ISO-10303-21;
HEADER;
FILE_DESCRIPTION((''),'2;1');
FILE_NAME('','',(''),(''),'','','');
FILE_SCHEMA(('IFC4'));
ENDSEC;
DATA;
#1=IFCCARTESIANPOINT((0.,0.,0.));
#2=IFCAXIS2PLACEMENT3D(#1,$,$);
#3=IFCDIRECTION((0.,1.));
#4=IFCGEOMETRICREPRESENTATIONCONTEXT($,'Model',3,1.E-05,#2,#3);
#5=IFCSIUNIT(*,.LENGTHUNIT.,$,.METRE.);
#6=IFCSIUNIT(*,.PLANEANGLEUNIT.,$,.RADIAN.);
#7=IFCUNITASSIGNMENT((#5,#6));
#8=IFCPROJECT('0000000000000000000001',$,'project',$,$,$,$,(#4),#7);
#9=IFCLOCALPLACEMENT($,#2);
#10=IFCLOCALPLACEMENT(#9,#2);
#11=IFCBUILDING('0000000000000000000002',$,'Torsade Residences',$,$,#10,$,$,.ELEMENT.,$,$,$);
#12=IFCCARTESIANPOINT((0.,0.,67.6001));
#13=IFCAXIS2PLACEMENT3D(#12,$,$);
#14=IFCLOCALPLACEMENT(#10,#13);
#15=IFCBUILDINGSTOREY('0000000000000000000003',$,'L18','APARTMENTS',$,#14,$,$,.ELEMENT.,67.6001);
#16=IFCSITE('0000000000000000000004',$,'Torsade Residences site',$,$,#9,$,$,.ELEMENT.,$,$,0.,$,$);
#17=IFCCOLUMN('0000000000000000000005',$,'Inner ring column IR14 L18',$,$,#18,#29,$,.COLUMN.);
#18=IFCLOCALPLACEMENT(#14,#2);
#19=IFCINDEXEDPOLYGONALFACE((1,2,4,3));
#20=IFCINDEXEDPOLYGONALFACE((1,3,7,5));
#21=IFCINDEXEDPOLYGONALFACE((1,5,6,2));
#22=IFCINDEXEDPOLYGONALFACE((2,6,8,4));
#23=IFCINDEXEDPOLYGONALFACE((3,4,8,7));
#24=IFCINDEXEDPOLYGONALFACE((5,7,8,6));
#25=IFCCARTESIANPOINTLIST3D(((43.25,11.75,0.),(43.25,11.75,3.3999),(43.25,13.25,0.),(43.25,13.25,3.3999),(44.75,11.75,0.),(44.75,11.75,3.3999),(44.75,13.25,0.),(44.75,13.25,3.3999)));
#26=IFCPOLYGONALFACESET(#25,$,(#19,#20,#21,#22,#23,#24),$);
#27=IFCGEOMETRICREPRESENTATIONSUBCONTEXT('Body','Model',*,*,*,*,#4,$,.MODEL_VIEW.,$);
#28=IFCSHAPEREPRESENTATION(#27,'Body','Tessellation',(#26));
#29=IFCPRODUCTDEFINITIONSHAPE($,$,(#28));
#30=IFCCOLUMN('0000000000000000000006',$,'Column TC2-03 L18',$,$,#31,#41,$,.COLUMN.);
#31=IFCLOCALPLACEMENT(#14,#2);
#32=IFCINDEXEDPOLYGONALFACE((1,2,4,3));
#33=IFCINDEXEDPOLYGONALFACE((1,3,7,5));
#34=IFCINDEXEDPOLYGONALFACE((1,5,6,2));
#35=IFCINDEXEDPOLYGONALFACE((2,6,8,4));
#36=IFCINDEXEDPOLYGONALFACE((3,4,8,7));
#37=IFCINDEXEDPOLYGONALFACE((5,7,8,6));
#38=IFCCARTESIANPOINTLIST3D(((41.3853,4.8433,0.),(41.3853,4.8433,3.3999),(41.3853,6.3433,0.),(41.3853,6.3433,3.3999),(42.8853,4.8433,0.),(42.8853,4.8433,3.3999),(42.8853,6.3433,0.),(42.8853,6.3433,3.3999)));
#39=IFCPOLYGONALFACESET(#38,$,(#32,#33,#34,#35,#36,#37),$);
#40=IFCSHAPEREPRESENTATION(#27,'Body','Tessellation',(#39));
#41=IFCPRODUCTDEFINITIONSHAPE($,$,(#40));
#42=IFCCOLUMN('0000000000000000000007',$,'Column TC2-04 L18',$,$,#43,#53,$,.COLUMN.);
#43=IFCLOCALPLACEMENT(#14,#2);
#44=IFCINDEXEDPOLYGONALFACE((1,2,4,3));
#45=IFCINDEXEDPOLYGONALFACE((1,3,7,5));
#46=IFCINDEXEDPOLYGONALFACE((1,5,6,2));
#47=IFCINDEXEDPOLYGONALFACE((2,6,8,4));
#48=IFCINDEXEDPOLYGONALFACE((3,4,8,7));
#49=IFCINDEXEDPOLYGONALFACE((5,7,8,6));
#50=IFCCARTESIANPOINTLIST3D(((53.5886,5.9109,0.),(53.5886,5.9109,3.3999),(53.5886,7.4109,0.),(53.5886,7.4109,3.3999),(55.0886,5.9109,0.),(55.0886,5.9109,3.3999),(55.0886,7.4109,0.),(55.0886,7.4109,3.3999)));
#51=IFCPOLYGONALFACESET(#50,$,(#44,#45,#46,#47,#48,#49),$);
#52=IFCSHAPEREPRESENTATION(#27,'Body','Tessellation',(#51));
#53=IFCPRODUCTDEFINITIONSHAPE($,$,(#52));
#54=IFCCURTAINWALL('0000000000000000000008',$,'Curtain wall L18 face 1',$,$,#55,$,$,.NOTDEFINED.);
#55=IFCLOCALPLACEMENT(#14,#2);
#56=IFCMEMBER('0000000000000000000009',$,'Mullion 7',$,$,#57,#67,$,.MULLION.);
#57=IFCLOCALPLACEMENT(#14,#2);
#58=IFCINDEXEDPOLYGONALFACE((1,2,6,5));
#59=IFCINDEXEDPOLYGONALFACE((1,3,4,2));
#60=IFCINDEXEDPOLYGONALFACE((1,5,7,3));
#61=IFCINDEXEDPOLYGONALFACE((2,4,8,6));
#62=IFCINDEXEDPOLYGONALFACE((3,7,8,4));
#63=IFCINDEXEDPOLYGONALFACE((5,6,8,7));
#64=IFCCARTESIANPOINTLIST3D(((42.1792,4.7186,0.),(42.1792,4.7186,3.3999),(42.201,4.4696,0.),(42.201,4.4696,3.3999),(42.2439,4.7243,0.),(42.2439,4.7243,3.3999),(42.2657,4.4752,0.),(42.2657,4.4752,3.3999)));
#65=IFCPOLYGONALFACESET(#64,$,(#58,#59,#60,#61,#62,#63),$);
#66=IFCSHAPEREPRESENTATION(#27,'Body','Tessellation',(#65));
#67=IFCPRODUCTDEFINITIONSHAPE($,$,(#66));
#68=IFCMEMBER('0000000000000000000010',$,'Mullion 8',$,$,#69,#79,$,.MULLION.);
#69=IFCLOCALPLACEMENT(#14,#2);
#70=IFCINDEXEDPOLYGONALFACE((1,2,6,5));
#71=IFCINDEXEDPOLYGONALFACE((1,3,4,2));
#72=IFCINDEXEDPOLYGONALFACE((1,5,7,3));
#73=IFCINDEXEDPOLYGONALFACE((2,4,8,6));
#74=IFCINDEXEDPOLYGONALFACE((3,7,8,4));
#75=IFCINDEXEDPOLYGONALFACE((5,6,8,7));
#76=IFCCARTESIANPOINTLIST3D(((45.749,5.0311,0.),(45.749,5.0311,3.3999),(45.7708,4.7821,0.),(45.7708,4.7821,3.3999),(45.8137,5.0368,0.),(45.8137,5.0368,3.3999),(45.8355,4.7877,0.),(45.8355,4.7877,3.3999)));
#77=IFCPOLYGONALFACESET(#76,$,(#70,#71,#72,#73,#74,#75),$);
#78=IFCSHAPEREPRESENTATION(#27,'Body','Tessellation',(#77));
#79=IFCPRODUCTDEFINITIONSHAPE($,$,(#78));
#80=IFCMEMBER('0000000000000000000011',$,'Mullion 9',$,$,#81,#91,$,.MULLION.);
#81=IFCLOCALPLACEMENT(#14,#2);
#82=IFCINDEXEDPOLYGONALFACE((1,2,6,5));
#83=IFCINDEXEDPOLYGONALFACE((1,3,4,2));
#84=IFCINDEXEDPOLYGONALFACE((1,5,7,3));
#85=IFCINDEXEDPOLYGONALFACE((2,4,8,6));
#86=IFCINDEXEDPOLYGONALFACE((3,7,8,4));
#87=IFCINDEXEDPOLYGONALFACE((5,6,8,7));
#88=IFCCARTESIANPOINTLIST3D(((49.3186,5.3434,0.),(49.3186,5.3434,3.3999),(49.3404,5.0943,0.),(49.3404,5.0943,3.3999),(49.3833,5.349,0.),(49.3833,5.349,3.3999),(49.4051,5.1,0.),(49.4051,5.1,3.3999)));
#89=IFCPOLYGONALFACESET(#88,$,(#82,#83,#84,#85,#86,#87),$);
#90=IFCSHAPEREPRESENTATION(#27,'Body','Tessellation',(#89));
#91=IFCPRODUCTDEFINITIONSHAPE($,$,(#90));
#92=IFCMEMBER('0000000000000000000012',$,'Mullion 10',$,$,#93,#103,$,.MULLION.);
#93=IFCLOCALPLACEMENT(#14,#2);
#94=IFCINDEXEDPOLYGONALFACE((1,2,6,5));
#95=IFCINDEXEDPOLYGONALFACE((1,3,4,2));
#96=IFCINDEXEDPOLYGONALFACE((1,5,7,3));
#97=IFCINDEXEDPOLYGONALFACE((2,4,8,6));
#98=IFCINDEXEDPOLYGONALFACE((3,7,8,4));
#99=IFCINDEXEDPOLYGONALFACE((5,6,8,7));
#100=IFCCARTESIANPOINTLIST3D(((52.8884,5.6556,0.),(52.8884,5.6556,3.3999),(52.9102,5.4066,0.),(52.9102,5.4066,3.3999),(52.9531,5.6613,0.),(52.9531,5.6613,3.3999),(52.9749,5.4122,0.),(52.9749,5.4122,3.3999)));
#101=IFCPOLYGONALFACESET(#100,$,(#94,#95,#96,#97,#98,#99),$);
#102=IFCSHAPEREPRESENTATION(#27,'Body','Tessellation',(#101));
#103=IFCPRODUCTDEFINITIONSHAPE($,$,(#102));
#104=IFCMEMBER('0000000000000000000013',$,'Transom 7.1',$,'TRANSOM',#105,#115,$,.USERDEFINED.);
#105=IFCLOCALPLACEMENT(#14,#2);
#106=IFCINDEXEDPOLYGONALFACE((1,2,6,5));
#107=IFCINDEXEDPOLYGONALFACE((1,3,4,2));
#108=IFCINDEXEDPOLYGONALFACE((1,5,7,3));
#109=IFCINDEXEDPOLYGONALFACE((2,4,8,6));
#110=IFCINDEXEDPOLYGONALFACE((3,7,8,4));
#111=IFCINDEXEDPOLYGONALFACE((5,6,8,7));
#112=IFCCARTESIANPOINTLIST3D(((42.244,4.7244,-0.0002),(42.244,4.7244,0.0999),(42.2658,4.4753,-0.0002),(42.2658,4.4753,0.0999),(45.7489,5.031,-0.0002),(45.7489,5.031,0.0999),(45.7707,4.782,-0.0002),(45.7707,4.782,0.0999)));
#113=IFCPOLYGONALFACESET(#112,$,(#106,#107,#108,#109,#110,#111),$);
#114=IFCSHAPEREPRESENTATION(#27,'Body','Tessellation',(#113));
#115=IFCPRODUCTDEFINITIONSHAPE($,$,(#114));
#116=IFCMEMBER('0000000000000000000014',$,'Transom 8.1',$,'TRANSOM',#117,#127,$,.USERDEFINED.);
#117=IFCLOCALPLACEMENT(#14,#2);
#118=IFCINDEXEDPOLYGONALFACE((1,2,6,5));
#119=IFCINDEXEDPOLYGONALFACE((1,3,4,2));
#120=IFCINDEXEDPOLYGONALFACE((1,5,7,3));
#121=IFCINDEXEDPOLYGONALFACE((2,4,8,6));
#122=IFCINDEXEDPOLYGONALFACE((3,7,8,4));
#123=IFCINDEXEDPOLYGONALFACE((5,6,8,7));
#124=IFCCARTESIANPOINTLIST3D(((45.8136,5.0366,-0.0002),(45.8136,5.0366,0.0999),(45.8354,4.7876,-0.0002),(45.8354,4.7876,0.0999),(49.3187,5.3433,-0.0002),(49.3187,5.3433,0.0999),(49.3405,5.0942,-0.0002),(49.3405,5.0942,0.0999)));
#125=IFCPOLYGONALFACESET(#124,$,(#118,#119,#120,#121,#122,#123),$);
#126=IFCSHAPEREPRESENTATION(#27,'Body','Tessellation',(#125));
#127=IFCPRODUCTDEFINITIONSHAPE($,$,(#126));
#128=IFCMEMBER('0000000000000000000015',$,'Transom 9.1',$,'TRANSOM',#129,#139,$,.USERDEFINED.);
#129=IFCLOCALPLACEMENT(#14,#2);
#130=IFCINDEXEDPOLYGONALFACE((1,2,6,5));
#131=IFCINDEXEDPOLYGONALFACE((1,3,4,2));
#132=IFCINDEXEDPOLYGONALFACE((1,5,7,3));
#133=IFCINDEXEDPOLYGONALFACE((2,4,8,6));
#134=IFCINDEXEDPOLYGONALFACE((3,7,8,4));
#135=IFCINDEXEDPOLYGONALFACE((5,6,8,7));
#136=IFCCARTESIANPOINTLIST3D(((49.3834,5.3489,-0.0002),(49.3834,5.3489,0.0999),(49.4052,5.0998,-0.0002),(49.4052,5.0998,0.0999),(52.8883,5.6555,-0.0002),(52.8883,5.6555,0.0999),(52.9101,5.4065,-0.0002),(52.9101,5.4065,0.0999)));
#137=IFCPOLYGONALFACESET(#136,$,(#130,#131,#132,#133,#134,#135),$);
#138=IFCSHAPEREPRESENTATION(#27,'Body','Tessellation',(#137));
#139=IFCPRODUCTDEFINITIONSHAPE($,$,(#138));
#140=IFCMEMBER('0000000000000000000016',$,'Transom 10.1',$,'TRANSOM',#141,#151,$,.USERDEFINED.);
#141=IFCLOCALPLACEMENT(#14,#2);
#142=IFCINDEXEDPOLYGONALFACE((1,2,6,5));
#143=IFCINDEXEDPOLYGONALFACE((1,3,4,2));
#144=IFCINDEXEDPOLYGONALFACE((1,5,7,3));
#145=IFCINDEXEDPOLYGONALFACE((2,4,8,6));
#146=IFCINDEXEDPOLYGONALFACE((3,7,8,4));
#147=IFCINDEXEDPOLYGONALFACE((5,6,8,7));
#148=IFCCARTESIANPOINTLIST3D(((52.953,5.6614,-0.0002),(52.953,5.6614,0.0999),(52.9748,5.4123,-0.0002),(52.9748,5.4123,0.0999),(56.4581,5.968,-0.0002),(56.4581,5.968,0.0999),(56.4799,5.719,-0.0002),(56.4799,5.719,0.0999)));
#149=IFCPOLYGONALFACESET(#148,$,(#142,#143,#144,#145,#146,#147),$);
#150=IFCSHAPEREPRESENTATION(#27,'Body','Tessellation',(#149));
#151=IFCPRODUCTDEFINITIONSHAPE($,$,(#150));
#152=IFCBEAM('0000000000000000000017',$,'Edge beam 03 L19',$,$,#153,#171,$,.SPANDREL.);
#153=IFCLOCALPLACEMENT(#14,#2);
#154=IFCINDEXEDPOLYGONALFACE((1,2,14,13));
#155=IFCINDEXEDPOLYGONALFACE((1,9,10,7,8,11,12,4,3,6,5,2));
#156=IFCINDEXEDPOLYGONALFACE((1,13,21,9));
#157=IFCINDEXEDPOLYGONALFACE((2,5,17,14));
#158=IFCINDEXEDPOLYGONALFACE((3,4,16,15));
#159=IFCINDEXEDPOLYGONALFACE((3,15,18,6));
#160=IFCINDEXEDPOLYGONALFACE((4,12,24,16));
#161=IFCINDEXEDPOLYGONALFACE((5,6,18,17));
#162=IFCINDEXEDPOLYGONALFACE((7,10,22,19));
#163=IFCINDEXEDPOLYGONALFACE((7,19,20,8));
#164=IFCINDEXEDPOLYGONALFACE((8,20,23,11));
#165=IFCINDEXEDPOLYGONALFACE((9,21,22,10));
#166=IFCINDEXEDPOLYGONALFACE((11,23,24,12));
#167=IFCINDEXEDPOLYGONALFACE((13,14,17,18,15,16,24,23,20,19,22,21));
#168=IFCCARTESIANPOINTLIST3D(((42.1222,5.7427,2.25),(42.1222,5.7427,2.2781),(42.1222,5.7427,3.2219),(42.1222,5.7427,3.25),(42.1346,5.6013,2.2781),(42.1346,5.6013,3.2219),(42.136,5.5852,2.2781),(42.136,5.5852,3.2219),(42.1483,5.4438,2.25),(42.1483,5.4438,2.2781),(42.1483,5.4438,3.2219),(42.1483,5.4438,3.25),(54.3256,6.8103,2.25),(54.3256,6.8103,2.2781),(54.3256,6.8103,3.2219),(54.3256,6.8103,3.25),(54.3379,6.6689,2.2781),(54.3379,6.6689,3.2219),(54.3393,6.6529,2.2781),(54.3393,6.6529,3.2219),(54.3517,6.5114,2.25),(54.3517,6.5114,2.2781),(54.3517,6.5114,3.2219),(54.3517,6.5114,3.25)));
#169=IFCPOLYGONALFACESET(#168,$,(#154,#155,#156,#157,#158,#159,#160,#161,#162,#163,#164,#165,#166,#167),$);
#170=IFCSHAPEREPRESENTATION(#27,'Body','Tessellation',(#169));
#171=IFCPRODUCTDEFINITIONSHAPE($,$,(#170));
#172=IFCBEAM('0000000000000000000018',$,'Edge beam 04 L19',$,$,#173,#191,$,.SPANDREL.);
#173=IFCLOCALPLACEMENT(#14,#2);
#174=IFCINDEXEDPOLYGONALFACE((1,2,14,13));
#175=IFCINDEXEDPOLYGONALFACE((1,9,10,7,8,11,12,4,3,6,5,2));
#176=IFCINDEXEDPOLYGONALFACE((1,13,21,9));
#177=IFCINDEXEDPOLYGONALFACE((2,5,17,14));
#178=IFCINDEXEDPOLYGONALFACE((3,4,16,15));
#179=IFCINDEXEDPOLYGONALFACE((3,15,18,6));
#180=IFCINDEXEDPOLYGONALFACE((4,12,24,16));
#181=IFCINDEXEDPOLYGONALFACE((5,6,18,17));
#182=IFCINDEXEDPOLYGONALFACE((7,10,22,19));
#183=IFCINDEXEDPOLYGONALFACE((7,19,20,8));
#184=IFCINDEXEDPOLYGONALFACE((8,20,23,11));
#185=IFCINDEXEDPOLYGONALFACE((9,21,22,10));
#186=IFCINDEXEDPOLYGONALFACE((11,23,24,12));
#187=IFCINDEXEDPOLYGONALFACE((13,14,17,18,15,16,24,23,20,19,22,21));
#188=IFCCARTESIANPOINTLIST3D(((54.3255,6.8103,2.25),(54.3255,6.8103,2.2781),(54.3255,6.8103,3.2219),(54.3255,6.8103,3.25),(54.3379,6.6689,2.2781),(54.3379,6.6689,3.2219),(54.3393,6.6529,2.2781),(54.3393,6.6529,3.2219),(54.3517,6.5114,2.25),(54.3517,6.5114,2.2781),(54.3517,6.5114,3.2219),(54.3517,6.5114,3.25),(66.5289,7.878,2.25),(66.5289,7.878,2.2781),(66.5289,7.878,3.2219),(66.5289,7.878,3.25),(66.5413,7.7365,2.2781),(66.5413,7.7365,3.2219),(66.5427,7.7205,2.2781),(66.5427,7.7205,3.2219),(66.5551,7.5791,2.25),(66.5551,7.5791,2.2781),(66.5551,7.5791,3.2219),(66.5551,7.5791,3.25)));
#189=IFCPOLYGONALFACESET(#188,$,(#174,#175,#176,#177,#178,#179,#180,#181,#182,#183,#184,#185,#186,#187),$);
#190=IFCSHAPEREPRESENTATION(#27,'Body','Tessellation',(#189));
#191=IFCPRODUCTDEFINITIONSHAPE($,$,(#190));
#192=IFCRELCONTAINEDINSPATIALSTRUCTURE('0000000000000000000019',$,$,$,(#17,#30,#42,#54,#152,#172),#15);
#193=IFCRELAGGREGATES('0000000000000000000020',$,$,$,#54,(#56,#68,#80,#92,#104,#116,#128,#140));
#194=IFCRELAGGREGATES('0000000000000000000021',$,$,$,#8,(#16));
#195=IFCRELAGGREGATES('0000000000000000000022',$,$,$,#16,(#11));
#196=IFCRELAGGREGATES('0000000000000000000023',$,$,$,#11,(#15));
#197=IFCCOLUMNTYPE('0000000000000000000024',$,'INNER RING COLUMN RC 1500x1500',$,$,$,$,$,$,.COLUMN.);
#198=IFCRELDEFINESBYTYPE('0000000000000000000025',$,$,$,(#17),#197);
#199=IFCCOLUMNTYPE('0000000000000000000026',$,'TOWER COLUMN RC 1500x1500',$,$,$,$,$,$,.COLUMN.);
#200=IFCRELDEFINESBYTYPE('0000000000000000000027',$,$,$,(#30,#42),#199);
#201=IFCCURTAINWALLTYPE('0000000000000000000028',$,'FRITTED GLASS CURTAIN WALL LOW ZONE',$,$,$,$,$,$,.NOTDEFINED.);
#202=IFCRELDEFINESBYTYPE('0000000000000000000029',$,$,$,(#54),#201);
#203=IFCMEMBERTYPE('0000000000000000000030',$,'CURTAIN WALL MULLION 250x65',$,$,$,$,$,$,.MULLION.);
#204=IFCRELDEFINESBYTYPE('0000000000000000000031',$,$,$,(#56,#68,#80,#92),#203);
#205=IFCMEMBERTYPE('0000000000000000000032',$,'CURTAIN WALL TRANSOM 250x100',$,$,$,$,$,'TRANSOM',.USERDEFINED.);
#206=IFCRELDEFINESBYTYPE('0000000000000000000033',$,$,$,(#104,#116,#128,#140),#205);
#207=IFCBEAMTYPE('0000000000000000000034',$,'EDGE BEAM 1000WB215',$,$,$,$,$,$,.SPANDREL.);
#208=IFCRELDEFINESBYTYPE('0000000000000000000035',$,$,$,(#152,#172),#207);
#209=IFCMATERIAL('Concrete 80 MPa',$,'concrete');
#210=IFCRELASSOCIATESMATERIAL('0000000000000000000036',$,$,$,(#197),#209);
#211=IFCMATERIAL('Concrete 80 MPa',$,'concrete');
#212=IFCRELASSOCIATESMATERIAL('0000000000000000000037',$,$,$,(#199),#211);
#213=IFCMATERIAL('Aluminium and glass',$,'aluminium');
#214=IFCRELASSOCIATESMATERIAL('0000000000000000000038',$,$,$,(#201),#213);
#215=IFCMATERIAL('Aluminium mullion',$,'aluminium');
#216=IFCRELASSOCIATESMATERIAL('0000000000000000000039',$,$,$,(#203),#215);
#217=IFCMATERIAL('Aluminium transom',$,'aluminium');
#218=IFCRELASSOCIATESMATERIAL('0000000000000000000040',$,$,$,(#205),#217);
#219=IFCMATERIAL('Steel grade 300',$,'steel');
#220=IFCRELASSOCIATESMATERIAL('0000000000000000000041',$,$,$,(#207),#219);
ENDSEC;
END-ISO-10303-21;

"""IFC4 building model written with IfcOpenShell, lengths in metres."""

from ifc_helpers import new_model, si_unit, direction, frame, origin, origin_2d, place, context, subcontext, project, spatial, rectangle, i_section, extrude, material, material_profile, profile_set, type_object, element, aggregate, save


model = new_model("IFC4")

# Units and contexts
model_context = context("Model", 3, precision=1e-05, world=origin(), true_north=direction((0.0, 1.0)))
body_context = subcontext(model_context, "Body", "Model", "MODEL_VIEW")
ifc_project = project(units=[si_unit("LENGTHUNIT", "METRE"), si_unit("PLANEANGLEUNIT", "RADIAN")], contexts=[model_context])

# Site, building, storey
site_placement = place(None, origin())
site = spatial("IfcSite", under=ifc_project, at=site_placement, Name="Torsade Residences site", CompositionType="ELEMENT", RefElevation=0.0)
building_placement = place(site_placement, origin())
building = spatial("IfcBuilding", under=site, at=building_placement, Name="Torsade Residences", CompositionType="ELEMENT")
storey_placement = place(building_placement, frame((0.0, 0.0, 67.6001)))
storey = spatial("IfcBuildingStorey", under=building, at=storey_placement, Name="L18", Description="APARTMENTS", CompositionType="ELEMENT", Elevation=67.6001)

# Columns
ifc_material_1 = material(Name="Concrete 80 MPa", Category="concrete")
ifc_material_profile_1 = material_profile(ifc_material_1, rectangle(XDim=1.5, YDim=1.5, at=origin_2d()), Name="RC 1500x1500")
ifc_profile_set_1 = profile_set([ifc_material_profile_1], Name="Concrete 80 MPa")
column_type_1 = type_object("IfcColumnType", Name="INNER RING COLUMN RC 1500x1500", PredefinedType="COLUMN", material=ifc_profile_set_1)
column_placement = place(storey_placement, frame((44.0, 12.5, 0.0), z_axis=(0.0, 0.0, 1.0), x_axis=(1.0, 0.0, 0.0)))
element("IfcColumn", 1, at=column_placement, inside=storey, type_object=column_type_1, Name="Inner ring column IR14 L18", PredefinedType="COLUMN", context=body_context, shape_type="SweptSolid", body=[
    extrude(rectangle(XDim=1.5, YDim=1.5, at=origin_2d()), origin(), (0.0, 0.0, 1.0), 3.3999),
])
ifc_material_2 = material(Name="Concrete 80 MPa", Category="concrete")
ifc_material_profile_2 = material_profile(ifc_material_2, rectangle(XDim=1.5, YDim=1.5, at=origin_2d()), Name="RC 1500x1500")
ifc_profile_set_2 = profile_set([ifc_material_profile_2], Name="Concrete 80 MPa")
column_type_2 = type_object("IfcColumnType", Name="TOWER COLUMN RC 1500x1500", PredefinedType="COLUMN", material=ifc_profile_set_2)
for number, where, z_axis, x_axis, name in (
    (2, (42.1353, 5.5933, 0.0), (0.0, 0.0, 1.0), (1.0, 0.0, 0.0), "Column TC2-03 L18"),
    (3, (54.3386, 6.6609, 0.0), (0.0, 0.0, 1.0), (1.0, 0.0, 0.0), "Column TC2-04 L18"),
):
    element("IfcColumn", number, at=place(storey_placement, frame(where, z_axis=z_axis, x_axis=x_axis)), inside=storey, type_object=column_type_2, Name=name, PredefinedType="COLUMN", context=body_context, shape_type="SweptSolid", body=[
        extrude(rectangle(XDim=1.5, YDim=1.5, at=origin_2d()), origin(), (0.0, 0.0, 1.0), 3.3999),
    ])

# Curtain wall, members
ifc_material_3 = material(Name="Aluminium and glass", Category="aluminium")
curtain_wall_type = type_object("IfcCurtainWallType", Name="FRITTED GLASS CURTAIN WALL LOW ZONE", PredefinedType="NOTDEFINED", material=ifc_material_3)
curtain_wall_placement = place(storey_placement, origin())
curtain_wall = element("IfcCurtainWall", 4, at=curtain_wall_placement, inside=storey, type_object=curtain_wall_type, Name="Curtain wall L18 face 1", PredefinedType="NOTDEFINED")
ifc_material_4 = material(Name="Aluminium mullion", Category="aluminium")
ifc_material_profile_3 = material_profile(ifc_material_4, rectangle(XDim=0.25, YDim=0.0649, at=origin_2d()), Name="CURTAIN WALL MULLION 250x65")
ifc_profile_set_3 = profile_set([ifc_material_profile_3], Name="Aluminium mullion")
member_type_1 = type_object("IfcMemberType", Name="CURTAIN WALL MULLION 250x65", PredefinedType="MULLION", material=ifc_profile_set_3)
member_1_placement = place(storey_placement, frame((42.2224, 4.5969, 0.0), z_axis=(0.0, 0.0, 1.0), x_axis=(-0.087156, 0.996195, 0.0)))
member_1 = element("IfcMember", 5, at=member_1_placement, type_object=member_type_1, Name="Mullion 7", PredefinedType="MULLION", context=body_context, shape_type="SweptSolid", body=[
    extrude(rectangle(XDim=0.25, YDim=0.0649, at=origin_2d()), origin(), (0.0, 0.0, 1.0), 3.3999),
])
member_2_placement = place(storey_placement, frame((45.7922, 4.9094, 0.0), z_axis=(0.0, 0.0, 1.0), x_axis=(-0.087156, 0.996195, 0.0)))
member_2 = element("IfcMember", 6, at=member_2_placement, type_object=member_type_1, Name="Mullion 8", PredefinedType="MULLION", context=body_context, shape_type="SweptSolid", body=[
    extrude(rectangle(XDim=0.25, YDim=0.0649, at=origin_2d()), origin(), (0.0, 0.0, 1.0), 3.3999),
])
member_3_placement = place(storey_placement, frame((49.3618, 5.2217, 0.0), z_axis=(0.0, 0.0, 1.0), x_axis=(-0.087156, 0.996195, 0.0)))
member_3 = element("IfcMember", 7, at=member_3_placement, type_object=member_type_1, Name="Mullion 9", PredefinedType="MULLION", context=body_context, shape_type="SweptSolid", body=[
    extrude(rectangle(XDim=0.25, YDim=0.0649, at=origin_2d()), origin(), (0.0, 0.0, 1.0), 3.3999),
])
member_4_placement = place(storey_placement, frame((52.9316, 5.5339, 0.0), z_axis=(0.0, 0.0, 1.0), x_axis=(-0.087156, 0.996195, 0.0)))
member_4 = element("IfcMember", 8, at=member_4_placement, type_object=member_type_1, Name="Mullion 10", PredefinedType="MULLION", context=body_context, shape_type="SweptSolid", body=[
    extrude(rectangle(XDim=0.25, YDim=0.0649, at=origin_2d()), origin(), (0.0, 0.0, 1.0), 3.3999),
])
ifc_material_5 = material(Name="Aluminium transom", Category="aluminium")
ifc_material_profile_4 = material_profile(ifc_material_5, rectangle(XDim=0.25, YDim=0.1001, at=origin_2d()), Name="CURTAIN WALL TRANSOM 250x100")
ifc_profile_set_4 = profile_set([ifc_material_profile_4], Name="Aluminium transom")
member_type_2 = type_object("IfcMemberType", Name="CURTAIN WALL TRANSOM 250x100", ElementType="TRANSOM", PredefinedType="USERDEFINED", material=ifc_profile_set_4)
member_5_placement = place(storey_placement, frame((42.2549, 4.5999, 0.0498), z_axis=(0.996195, 0.087157, 0.0), x_axis=(-0.087157, 0.996195, 0.0)))
member_5 = element("IfcMember", 9, at=member_5_placement, type_object=member_type_2, Name="Transom 7.1", ObjectType="TRANSOM", PredefinedType="USERDEFINED", context=body_context, shape_type="SweptSolid", body=[
    extrude(rectangle(XDim=0.25, YDim=0.1001, at=origin_2d()), origin(), (0.0, 0.0, 1.0), 3.5183),
])
member_6_placement = place(storey_placement, frame((45.8245, 4.9121, 0.0498), z_axis=(0.996195, 0.087151, 0.0), x_axis=(-0.087151, 0.996195, 0.0)))
member_6 = element("IfcMember", 10, at=member_6_placement, type_object=member_type_2, Name="Transom 8.1", ObjectType="TRANSOM", PredefinedType="USERDEFINED", context=body_context, shape_type="SweptSolid", body=[
    extrude(rectangle(XDim=0.25, YDim=0.1001, at=origin_2d()), origin(), (0.0, 0.0, 1.0), 3.5186),
])
member_7_placement = place(storey_placement, frame((49.3943, 5.2244, 0.0498), z_axis=(0.996195, 0.087157, 0.0), x_axis=(-0.087157, 0.996195, 0.0)))
member_7 = element("IfcMember", 11, at=member_7_placement, type_object=member_type_2, Name="Transom 9.1", ObjectType="TRANSOM", PredefinedType="USERDEFINED", context=body_context, shape_type="SweptSolid", body=[
    extrude(rectangle(XDim=0.25, YDim=0.1001, at=origin_2d()), origin(), (0.0, 0.0, 1.0), 3.5183),
])
member_8_placement = place(storey_placement, frame((52.9639, 5.5369, 0.0498), z_axis=(0.996195, 0.087151, 0.0), x_axis=(-0.087151, 0.996195, 0.0)))
member_8 = element("IfcMember", 12, at=member_8_placement, type_object=member_type_2, Name="Transom 10.1", ObjectType="TRANSOM", PredefinedType="USERDEFINED", context=body_context, shape_type="SweptSolid", body=[
    extrude(rectangle(XDim=0.25, YDim=0.1001, at=origin_2d()), origin(), (0.0, 0.0, 1.0), 3.5186),
])

# Beams
ifc_material_6 = material(Name="Steel grade 300", Category="steel")
ifc_material_profile_5 = material_profile(ifc_material_6, i_section(OverallWidth=0.3, OverallDepth=1.0, WebThickness=0.0161, FlangeThickness=0.0281, at=origin_2d()), Name="1000WB215")
ifc_profile_set_5 = profile_set([ifc_material_profile_5], Name="Steel grade 300")
beam_type_1 = type_object("IfcBeamType", Name="EDGE BEAM 1000WB215", PredefinedType="SPANDREL", material=ifc_profile_set_5)
for number, where, z_axis, x_axis, name in (
    (13, (42.1353, 5.5933, 2.75), (0.996195, 0.087153, 0.0), (-0.087153, 0.996195, 0.0), "Edge beam 03 L19"),
    (14, (54.3386, 6.6609, 2.75), (0.996195, 0.087153, 0.0), (-0.087153, 0.996195, 0.0), "Edge beam 04 L19"),
):
    element("IfcBeam", number, at=place(storey_placement, frame(where, z_axis=z_axis, x_axis=x_axis)), inside=storey, type_object=beam_type_1, Name=name, PredefinedType="SPANDREL", context=body_context, shape_type="SweptSolid", body=[
        extrude(i_section(OverallWidth=0.3, OverallDepth=1.0, WebThickness=0.0161, FlangeThickness=0.0281, at=origin_2d()), origin(), (0.0, 0.0, 1.0), 12.25),
    ])

aggregate(curtain_wall, [member_1, member_2, member_3, member_4, member_5, member_6, member_7, member_8])

save(model, "model.ifc")
